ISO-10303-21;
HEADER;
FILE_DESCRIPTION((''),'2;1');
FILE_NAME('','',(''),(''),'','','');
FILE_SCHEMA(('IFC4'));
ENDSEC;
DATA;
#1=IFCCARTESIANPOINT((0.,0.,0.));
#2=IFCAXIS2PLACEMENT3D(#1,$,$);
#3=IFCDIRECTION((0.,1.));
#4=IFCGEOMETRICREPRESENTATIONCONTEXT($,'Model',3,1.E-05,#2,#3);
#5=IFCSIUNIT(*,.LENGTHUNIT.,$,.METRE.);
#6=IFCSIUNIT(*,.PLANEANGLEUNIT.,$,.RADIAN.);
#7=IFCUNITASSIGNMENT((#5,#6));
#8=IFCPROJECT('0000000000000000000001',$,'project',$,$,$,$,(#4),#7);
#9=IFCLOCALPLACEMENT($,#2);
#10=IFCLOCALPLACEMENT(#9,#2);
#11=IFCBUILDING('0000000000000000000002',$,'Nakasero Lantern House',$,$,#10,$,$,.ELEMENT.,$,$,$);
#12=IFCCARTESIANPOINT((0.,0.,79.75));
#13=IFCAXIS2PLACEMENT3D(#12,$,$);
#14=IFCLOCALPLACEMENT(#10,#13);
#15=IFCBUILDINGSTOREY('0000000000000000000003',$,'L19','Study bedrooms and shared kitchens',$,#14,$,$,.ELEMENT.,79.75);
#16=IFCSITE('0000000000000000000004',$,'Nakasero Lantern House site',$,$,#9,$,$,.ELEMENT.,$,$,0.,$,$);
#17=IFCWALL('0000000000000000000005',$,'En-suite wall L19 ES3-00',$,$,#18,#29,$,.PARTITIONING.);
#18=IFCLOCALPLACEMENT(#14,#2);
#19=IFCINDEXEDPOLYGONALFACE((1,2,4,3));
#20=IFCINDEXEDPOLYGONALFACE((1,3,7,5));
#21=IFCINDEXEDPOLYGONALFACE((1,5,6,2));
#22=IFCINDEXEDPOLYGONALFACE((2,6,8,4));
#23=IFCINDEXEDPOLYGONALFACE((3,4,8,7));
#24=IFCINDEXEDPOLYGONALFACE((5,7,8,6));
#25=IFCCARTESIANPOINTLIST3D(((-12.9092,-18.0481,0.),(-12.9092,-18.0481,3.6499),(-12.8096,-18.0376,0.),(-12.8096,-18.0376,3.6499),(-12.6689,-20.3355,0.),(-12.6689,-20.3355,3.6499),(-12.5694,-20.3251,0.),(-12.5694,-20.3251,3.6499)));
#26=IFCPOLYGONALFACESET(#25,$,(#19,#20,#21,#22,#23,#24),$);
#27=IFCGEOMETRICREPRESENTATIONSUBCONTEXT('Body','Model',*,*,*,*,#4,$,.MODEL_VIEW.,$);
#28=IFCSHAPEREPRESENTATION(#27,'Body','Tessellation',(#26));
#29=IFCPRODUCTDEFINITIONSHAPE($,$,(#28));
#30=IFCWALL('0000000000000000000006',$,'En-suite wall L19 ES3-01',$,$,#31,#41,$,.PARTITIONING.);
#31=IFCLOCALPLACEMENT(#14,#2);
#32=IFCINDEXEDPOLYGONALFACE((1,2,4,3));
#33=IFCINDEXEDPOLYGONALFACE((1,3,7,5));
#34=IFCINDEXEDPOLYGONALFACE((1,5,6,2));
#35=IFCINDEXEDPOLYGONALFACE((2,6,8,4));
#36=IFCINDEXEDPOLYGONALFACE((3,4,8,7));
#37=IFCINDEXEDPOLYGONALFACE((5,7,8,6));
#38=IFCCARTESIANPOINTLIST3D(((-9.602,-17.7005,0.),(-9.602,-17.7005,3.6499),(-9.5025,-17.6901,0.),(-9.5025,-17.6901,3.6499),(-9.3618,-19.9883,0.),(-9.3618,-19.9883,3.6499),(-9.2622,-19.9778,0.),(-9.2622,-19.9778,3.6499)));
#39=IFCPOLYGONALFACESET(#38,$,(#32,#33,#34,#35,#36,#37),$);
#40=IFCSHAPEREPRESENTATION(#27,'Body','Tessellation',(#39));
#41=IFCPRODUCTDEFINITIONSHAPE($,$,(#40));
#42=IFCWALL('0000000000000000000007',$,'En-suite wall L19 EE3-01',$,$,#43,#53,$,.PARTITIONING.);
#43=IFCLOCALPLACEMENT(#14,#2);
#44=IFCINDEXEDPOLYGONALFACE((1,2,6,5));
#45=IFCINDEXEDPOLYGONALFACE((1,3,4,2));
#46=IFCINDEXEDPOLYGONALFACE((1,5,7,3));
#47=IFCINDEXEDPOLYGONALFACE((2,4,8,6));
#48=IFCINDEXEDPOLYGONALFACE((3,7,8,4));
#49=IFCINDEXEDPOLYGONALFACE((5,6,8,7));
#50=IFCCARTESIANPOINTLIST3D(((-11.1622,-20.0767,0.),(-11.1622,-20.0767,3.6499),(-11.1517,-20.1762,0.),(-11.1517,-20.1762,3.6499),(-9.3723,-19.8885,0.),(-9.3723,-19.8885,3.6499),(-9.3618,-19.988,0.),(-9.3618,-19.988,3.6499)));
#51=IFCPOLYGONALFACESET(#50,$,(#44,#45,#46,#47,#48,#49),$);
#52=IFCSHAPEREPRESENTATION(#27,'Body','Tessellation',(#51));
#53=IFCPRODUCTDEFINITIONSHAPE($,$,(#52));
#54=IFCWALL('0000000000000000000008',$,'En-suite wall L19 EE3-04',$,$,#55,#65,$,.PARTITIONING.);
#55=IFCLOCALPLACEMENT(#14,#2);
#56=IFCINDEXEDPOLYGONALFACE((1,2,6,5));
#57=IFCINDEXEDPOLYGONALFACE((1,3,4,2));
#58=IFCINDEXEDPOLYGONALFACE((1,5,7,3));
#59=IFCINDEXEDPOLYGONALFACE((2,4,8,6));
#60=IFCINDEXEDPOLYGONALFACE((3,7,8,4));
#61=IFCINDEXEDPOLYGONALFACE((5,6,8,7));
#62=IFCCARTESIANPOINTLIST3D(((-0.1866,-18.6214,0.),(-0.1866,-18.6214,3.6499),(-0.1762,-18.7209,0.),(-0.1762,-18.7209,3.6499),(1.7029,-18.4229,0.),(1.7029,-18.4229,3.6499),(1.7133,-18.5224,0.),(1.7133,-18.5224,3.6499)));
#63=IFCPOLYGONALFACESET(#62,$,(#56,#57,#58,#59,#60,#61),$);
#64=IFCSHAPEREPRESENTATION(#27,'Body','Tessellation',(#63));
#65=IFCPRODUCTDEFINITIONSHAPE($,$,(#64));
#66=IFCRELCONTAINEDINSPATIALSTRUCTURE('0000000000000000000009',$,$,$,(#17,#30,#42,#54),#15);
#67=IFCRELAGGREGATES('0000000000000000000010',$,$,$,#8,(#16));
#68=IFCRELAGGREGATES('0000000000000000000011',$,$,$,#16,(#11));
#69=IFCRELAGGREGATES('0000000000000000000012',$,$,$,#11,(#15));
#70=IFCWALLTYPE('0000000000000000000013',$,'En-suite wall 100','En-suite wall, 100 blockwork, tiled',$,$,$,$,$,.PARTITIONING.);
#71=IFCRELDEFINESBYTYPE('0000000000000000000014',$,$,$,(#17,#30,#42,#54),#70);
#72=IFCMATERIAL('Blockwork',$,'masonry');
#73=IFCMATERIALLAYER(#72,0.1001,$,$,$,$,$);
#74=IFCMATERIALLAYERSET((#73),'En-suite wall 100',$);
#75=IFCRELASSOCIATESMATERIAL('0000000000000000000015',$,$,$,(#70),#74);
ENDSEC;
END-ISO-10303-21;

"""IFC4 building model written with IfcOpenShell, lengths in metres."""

from ifc_helpers import new_model, si_unit, direction, frame, frame_2d, origin, place, context, subcontext, project, spatial, rectangle, extrude, material, layer, layer_set, type_object, element, save


model = new_model("IFC4")

# Units and contexts
model_context = context("Model", 3, precision=1e-05, world=origin(), true_north=direction((0.0, 1.0)))
body_context = subcontext(model_context, "Body", "Model", "MODEL_VIEW")
ifc_project = project(units=[si_unit("LENGTHUNIT", "METRE"), si_unit("PLANEANGLEUNIT", "RADIAN")], contexts=[model_context])

# Site, building, storey
site_placement = place(None, origin())
site = spatial("IfcSite", under=ifc_project, at=site_placement, Name="Nakasero Lantern House site", CompositionType="ELEMENT", RefElevation=0.0)
building_placement = place(site_placement, origin())
building = spatial("IfcBuilding", under=site, at=building_placement, Name="Nakasero Lantern House", CompositionType="ELEMENT")
storey_placement = place(building_placement, frame((0.0, 0.0, 79.75)))
storey = spatial("IfcBuildingStorey", under=building, at=storey_placement, Name="L19", Description="Study bedrooms and shared kitchens", CompositionType="ELEMENT", Elevation=79.75)

# Walls
ifc_material_1 = material(Name="Blockwork", Category="masonry")
ifc_layer_1 = layer(ifc_material_1, 0.1001)
ifc_layer_set_1 = layer_set([ifc_layer_1], Name="En-suite wall 100")
wall_type_1 = type_object("IfcWallType", Name="En-suite wall 100", Description="En-suite wall, 100 blockwork, tiled", PredefinedType="PARTITIONING", material=ifc_layer_set_1)
wall_1_placement = place(storey_placement, frame((-12.8594, -18.043, 0.0), z_axis=(0.0, 0.0, 1.0), x_axis=(0.104453, -0.99453, 0.0)))
element("IfcWall", 1, at=wall_1_placement, inside=storey, type_object=wall_type_1, Name="En-suite wall L19 ES3-00", PredefinedType="PARTITIONING", context=body_context, shape_type="SweptSolid", body=[
    extrude(rectangle(XDim=2.3, YDim=0.1001, at=frame_2d((1.1499, 0.0))), origin(), (0.0, 0.0, 1.0), 3.6499),
])
wall_2_placement = place(storey_placement, frame((-9.5522, -17.6953, 0.0), z_axis=(0.0, 0.0, 1.0), x_axis=(0.104442, -0.994531, 0.0)))
element("IfcWall", 2, at=wall_2_placement, inside=storey, type_object=wall_type_1, Name="En-suite wall L19 ES3-01", PredefinedType="PARTITIONING", context=body_context, shape_type="SweptSolid", body=[
    extrude(rectangle(XDim=2.3003, YDim=0.1001, at=frame_2d((1.1501, 0.0))), origin(), (0.0, 0.0, 1.0), 3.6499),
])
wall_3_placement = place(storey_placement, frame((-11.157, -20.1265, 0.0), z_axis=(0.0, 0.0, 1.0), x_axis=(0.994517, 0.104579, 0.0)))
element("IfcWall", 3, at=wall_3_placement, inside=storey, type_object=wall_type_1, Name="En-suite wall L19 EE3-01", PredefinedType="PARTITIONING", context=body_context, shape_type="SweptSolid", body=[
    extrude(rectangle(XDim=1.7998, YDim=0.1001, at=frame_2d((0.8999, 0.0))), origin(), (0.0, 0.0, 1.0), 3.6499),
])
wall_4_placement = place(storey_placement, frame((-0.1814, -18.6711, 0.0), z_axis=(0.0, 0.0, 1.0), x_axis=(0.994527, 0.104477, 0.0)))
element("IfcWall", 4, at=wall_4_placement, inside=storey, type_object=wall_type_1, Name="En-suite wall L19 EE3-04", PredefinedType="PARTITIONING", context=body_context, shape_type="SweptSolid", body=[
    extrude(rectangle(XDim=1.8999, YDim=0.1001, at=frame_2d((0.95, 0.0))), origin(), (0.0, 0.0, 1.0), 3.6499),
])

save(model, "model.ifc")
